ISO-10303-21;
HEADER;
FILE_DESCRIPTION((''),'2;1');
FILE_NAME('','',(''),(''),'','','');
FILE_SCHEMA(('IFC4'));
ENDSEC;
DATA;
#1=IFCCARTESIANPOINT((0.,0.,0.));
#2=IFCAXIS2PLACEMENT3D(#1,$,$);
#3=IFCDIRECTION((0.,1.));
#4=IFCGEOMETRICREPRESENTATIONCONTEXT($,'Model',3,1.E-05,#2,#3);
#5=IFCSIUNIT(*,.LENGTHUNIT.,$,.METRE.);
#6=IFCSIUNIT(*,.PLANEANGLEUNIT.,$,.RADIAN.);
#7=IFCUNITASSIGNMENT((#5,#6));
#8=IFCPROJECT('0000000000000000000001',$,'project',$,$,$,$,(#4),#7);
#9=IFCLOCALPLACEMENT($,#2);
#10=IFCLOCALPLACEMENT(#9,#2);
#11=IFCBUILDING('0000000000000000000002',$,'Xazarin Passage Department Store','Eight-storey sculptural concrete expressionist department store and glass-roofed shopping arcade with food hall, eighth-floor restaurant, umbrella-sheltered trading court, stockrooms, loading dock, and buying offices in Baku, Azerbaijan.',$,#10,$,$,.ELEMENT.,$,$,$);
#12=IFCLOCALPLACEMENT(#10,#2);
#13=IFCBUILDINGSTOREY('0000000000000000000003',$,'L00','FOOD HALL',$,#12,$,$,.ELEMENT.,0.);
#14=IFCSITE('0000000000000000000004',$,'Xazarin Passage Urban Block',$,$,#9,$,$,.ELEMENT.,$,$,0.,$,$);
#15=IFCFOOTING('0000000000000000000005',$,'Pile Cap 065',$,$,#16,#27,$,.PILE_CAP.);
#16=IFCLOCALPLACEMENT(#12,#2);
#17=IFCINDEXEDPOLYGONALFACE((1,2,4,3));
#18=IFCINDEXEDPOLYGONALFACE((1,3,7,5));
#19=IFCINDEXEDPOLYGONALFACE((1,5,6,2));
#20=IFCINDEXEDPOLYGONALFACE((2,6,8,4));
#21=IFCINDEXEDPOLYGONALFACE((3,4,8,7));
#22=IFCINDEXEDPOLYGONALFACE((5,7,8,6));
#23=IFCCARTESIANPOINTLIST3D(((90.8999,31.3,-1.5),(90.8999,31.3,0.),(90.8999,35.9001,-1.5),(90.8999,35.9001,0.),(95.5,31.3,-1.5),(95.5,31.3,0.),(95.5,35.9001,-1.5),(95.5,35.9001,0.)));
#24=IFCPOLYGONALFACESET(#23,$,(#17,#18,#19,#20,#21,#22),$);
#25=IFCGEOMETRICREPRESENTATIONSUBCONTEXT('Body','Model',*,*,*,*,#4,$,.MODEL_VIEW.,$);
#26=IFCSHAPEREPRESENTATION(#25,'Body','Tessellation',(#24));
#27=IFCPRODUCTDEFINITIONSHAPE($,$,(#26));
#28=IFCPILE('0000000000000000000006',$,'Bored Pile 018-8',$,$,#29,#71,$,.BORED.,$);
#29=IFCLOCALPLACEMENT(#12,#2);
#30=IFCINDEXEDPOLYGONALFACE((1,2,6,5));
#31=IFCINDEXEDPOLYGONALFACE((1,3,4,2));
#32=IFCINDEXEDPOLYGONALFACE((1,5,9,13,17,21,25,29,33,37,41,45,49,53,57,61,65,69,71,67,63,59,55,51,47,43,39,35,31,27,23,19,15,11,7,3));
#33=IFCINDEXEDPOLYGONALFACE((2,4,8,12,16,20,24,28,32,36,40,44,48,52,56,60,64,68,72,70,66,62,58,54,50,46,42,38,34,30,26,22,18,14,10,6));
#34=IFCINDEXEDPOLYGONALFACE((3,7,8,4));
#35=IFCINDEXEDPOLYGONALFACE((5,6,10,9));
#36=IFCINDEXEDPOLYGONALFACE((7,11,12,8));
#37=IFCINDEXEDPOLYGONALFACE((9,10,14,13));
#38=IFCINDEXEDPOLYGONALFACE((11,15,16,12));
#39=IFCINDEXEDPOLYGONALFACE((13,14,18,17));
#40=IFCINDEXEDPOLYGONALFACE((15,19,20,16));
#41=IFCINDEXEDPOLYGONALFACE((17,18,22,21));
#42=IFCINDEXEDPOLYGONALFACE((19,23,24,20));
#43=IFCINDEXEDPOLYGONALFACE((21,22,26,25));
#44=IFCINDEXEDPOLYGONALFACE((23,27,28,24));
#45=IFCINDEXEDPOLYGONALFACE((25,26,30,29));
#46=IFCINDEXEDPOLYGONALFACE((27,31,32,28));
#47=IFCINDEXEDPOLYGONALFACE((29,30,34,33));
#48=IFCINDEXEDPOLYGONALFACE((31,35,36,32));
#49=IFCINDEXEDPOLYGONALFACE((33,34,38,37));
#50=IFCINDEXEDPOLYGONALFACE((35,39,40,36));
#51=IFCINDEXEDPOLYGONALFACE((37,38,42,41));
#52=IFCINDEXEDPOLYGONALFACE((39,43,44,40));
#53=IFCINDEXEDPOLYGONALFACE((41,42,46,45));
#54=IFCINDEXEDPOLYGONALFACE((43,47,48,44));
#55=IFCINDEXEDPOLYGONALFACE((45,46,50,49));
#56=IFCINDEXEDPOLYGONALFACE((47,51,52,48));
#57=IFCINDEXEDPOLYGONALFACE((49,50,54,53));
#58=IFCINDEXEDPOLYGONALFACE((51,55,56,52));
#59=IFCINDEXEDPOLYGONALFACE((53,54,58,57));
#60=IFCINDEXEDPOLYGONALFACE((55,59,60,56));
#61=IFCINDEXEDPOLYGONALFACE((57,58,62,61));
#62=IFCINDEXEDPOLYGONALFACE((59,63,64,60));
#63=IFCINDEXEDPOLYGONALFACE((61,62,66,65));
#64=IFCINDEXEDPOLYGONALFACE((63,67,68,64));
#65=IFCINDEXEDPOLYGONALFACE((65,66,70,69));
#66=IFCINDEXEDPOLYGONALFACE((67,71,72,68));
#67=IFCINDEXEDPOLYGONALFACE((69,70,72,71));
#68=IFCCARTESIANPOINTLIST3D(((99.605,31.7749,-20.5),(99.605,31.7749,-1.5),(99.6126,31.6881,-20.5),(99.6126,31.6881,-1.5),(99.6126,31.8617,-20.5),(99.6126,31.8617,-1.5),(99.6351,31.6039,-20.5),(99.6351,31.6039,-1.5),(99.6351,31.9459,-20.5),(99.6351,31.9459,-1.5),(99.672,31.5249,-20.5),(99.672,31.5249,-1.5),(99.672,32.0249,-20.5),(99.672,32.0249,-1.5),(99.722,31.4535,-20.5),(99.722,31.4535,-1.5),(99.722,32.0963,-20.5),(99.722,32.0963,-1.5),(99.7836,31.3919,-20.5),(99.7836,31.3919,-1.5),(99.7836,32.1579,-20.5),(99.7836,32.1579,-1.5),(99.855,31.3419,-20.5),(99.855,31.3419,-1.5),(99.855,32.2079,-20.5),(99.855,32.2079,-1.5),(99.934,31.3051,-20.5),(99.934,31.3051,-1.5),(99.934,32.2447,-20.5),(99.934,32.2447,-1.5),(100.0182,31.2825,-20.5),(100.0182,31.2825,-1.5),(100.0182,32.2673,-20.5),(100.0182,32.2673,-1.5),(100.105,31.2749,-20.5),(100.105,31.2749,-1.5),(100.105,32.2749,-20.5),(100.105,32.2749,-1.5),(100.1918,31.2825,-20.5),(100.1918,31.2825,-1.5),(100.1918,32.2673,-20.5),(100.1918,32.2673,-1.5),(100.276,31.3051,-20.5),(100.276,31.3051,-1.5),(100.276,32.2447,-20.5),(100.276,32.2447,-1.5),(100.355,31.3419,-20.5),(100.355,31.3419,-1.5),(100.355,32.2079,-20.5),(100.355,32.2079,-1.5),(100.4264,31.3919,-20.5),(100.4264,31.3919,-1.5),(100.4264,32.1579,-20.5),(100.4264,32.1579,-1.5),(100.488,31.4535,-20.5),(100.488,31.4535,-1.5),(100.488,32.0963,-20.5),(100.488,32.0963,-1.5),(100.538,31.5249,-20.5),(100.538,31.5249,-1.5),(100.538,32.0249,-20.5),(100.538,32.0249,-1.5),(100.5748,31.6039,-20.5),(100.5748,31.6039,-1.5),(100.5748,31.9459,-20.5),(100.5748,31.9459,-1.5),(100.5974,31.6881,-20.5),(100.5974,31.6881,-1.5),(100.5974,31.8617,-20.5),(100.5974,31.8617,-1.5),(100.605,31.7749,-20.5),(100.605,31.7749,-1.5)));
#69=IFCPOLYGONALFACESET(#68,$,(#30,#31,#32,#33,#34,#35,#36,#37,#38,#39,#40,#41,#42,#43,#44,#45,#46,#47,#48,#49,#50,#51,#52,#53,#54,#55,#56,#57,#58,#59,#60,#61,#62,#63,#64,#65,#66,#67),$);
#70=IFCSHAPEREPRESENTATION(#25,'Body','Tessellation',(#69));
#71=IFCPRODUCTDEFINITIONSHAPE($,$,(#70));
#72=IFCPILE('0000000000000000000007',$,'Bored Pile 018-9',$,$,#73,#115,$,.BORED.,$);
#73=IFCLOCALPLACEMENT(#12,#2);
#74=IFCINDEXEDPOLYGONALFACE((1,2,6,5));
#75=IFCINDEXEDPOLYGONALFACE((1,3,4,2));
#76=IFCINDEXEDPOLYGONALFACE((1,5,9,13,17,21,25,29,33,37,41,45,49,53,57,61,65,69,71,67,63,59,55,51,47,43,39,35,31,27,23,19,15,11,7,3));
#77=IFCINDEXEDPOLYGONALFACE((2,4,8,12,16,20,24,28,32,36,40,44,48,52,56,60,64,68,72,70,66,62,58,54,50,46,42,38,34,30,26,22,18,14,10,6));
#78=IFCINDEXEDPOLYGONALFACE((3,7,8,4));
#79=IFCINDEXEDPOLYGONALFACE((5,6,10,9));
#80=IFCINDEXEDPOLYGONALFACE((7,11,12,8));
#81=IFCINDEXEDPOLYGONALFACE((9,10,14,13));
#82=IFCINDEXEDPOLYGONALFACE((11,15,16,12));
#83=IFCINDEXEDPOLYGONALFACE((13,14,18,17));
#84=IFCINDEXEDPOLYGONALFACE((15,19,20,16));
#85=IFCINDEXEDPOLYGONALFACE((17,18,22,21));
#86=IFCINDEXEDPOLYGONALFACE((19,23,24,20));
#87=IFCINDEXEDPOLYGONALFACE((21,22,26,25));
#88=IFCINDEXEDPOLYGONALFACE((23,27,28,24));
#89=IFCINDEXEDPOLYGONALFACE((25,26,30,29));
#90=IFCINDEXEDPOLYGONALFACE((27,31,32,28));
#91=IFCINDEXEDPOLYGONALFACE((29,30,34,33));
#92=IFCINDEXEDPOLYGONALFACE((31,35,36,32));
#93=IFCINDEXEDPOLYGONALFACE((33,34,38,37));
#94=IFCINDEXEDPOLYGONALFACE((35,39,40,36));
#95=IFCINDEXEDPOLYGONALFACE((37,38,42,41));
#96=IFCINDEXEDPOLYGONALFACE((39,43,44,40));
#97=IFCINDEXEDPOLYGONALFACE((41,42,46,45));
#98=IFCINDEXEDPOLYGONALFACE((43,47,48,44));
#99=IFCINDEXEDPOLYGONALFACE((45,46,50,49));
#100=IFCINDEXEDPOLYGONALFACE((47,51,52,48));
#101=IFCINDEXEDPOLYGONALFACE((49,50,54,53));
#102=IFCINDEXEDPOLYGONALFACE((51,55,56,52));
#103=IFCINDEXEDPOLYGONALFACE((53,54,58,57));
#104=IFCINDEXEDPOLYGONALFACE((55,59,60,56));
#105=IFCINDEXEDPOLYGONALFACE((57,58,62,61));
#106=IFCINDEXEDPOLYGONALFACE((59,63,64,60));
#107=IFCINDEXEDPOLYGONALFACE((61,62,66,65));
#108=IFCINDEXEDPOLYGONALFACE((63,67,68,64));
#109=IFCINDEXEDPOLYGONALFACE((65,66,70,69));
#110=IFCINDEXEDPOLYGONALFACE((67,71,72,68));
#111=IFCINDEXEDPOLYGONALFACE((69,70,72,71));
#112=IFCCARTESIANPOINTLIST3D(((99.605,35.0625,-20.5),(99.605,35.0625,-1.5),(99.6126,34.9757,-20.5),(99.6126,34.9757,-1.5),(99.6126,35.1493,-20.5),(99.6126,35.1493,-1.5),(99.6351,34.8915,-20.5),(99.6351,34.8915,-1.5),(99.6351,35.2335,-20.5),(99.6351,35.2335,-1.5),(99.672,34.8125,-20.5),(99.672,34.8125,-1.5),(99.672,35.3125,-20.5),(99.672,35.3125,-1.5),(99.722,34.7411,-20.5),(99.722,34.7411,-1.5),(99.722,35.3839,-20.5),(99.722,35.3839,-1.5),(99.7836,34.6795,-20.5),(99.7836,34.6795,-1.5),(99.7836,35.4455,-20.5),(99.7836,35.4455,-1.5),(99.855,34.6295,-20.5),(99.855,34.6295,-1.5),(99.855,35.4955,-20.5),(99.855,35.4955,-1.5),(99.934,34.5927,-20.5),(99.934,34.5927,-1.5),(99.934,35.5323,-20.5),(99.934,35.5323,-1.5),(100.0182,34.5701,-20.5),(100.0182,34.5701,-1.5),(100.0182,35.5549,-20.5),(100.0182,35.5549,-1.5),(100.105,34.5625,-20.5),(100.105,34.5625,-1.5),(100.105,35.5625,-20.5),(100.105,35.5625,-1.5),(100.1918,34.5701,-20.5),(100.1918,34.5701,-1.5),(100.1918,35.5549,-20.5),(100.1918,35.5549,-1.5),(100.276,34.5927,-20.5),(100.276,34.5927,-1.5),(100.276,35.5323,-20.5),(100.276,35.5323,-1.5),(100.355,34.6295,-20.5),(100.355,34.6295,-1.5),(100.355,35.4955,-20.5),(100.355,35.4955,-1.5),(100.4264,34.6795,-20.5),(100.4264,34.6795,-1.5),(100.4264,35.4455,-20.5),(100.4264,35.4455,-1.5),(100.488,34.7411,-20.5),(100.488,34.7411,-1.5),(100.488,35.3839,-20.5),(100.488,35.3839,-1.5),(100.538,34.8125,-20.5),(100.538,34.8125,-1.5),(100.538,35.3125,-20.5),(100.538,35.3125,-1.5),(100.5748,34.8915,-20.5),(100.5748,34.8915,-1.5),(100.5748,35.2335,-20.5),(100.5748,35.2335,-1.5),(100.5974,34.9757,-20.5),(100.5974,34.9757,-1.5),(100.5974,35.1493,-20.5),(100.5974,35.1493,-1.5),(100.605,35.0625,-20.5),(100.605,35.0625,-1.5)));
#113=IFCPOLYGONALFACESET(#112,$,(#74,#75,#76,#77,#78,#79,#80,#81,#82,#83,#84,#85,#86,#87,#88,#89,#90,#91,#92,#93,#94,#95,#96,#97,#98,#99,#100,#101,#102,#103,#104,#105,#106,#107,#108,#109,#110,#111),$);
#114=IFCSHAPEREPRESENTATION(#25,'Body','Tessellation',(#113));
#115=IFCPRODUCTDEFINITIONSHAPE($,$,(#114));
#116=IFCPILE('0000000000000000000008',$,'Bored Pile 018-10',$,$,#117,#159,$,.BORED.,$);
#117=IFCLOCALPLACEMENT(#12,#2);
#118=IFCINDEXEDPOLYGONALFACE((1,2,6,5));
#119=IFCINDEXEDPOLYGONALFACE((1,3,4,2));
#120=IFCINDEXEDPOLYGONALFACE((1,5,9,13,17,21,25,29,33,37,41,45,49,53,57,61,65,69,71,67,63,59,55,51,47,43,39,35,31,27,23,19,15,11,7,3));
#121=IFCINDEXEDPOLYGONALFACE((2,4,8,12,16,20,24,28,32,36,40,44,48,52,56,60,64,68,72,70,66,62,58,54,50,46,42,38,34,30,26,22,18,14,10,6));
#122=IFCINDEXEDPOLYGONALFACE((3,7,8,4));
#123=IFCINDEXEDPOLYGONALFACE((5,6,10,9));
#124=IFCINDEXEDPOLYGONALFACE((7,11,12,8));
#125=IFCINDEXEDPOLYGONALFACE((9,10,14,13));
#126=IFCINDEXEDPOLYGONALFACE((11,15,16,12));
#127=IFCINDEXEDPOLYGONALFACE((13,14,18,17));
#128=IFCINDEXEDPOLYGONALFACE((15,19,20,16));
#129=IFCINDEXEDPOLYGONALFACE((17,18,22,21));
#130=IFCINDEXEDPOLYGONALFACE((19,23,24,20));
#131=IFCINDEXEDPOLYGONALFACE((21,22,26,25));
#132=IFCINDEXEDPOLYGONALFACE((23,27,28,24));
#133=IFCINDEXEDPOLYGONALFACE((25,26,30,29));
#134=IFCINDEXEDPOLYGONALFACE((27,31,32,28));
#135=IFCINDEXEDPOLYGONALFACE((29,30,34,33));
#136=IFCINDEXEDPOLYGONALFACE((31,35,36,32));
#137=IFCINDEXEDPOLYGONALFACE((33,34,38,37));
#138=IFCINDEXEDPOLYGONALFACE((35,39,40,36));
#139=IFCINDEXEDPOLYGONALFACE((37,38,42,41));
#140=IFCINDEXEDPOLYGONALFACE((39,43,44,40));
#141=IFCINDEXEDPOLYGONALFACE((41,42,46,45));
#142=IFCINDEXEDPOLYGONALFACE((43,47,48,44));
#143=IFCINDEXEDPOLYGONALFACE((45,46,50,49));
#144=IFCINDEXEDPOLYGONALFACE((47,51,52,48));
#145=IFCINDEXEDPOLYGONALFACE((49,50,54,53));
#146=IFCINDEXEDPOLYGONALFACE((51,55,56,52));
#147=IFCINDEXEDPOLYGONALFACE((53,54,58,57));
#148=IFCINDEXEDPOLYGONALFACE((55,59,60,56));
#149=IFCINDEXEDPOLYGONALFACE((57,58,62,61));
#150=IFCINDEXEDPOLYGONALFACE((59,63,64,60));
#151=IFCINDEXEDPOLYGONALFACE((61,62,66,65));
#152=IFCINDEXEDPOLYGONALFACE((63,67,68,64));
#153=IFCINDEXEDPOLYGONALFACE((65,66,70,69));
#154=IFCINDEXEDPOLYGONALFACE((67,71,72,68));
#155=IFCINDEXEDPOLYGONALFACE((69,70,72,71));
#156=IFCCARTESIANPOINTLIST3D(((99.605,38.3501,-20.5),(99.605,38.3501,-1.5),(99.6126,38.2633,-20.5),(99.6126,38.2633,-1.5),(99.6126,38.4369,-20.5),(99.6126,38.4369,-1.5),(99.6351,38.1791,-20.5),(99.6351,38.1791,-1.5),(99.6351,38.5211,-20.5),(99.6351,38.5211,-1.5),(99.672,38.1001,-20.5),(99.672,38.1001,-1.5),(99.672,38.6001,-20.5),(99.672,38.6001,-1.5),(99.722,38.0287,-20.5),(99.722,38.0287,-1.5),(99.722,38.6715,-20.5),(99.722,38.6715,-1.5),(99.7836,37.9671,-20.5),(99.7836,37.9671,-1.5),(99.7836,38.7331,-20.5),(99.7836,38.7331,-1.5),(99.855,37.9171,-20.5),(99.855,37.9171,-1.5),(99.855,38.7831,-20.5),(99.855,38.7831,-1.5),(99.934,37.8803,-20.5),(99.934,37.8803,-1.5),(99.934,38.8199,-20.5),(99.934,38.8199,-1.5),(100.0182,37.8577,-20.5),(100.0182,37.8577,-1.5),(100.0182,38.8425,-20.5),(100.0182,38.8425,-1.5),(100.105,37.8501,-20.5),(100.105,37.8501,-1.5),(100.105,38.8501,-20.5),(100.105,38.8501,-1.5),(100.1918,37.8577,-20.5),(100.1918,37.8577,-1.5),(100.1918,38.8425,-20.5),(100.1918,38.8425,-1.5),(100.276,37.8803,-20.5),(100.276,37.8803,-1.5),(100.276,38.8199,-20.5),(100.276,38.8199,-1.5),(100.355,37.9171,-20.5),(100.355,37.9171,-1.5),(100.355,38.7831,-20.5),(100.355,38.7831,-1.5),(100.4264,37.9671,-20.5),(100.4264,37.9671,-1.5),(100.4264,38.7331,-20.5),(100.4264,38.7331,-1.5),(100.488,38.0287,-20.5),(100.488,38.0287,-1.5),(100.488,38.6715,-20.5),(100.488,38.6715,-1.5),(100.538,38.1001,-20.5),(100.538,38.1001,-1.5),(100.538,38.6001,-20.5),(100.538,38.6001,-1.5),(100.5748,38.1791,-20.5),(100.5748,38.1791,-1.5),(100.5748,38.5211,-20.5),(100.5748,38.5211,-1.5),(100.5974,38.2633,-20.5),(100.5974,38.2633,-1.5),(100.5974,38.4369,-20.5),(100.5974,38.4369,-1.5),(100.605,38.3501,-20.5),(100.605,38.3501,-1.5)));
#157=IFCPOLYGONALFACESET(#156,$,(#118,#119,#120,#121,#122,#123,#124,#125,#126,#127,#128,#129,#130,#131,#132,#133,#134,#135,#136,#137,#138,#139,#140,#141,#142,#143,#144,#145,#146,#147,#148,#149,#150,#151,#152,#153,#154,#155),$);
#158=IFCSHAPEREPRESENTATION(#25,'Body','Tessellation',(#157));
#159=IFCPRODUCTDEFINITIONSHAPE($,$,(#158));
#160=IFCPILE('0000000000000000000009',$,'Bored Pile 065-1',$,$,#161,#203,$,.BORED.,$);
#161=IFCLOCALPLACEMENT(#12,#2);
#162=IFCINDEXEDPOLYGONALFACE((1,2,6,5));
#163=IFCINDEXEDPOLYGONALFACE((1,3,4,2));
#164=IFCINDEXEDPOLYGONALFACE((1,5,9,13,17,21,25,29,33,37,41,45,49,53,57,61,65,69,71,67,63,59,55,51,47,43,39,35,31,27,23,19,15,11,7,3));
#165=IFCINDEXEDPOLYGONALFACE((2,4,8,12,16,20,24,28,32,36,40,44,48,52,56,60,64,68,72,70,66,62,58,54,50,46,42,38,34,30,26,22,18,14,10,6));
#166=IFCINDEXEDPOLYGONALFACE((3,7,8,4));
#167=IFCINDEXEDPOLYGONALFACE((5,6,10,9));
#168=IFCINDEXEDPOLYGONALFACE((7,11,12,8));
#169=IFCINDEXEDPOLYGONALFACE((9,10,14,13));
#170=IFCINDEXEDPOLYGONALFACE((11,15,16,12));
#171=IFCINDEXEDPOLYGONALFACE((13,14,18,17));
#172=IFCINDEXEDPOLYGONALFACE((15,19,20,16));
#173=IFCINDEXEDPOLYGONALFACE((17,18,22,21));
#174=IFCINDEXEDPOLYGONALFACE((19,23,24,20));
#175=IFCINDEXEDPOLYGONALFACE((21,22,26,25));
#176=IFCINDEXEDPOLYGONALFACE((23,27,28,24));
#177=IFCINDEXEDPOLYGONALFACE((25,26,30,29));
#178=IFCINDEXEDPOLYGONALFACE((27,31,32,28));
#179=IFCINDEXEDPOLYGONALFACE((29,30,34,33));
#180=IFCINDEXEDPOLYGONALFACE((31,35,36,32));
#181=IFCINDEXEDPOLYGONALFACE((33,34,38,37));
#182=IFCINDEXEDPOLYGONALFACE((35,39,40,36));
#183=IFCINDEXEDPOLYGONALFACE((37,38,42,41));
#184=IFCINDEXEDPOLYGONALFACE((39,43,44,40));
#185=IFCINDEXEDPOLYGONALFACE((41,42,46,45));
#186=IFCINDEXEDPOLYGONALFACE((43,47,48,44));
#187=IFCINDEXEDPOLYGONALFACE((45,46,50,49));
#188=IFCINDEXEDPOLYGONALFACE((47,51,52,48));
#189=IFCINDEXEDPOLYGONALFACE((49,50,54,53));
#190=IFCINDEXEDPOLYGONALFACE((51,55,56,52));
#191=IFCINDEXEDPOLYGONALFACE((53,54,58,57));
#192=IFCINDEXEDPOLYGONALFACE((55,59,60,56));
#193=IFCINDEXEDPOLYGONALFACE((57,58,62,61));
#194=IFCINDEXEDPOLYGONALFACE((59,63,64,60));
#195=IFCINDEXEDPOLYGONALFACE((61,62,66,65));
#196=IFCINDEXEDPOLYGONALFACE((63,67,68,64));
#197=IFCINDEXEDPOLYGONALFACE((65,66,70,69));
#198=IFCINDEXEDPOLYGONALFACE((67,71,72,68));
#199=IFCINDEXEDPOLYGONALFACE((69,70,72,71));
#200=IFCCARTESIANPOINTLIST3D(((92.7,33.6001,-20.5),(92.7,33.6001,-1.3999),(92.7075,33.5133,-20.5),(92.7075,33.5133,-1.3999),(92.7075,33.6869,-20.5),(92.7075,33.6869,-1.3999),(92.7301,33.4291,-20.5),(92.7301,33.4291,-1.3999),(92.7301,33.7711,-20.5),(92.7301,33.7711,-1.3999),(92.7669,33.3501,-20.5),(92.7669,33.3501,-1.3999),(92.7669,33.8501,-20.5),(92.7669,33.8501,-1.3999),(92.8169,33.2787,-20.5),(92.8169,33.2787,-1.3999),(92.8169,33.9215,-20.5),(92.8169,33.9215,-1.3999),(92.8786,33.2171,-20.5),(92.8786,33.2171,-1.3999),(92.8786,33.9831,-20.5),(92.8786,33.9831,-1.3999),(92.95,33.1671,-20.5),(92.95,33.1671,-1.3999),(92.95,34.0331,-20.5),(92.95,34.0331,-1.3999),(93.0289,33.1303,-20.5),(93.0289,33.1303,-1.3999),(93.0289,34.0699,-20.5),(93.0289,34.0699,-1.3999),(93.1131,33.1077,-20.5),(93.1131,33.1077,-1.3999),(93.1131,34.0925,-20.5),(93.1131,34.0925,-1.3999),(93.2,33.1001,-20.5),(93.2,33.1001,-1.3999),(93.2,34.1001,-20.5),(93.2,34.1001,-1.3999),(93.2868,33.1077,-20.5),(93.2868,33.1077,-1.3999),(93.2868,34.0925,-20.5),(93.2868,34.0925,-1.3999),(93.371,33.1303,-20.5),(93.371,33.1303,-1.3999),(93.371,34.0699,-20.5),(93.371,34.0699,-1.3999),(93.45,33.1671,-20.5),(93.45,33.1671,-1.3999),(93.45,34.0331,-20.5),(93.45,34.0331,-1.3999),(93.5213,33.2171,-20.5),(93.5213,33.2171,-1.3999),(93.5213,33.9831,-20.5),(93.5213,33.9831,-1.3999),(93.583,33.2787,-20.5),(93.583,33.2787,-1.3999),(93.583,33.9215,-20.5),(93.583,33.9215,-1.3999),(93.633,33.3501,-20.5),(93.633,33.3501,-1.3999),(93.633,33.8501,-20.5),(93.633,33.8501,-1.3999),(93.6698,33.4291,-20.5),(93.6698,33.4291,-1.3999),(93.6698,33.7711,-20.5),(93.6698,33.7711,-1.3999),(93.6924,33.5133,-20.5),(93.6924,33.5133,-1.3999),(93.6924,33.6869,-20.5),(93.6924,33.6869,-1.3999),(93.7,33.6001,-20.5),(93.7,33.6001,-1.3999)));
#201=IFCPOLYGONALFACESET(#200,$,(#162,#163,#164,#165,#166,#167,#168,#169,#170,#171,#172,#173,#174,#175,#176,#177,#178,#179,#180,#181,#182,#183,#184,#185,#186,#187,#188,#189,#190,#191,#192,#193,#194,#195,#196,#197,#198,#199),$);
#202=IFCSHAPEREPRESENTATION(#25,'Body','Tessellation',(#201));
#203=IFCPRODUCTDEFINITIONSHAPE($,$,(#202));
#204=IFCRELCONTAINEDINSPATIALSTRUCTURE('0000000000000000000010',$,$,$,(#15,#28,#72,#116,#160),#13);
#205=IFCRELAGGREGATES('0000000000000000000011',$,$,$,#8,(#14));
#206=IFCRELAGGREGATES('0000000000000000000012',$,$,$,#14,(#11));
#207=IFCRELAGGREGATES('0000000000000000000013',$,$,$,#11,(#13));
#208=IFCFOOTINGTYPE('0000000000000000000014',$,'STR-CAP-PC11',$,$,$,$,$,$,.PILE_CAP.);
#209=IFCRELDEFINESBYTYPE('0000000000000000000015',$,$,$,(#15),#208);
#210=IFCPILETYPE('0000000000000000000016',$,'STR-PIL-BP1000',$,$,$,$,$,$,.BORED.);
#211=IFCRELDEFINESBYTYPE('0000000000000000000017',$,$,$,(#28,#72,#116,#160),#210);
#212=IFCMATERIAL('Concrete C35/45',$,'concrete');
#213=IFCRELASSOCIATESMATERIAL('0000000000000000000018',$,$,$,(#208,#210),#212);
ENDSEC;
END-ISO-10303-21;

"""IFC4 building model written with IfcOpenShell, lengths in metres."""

from ifc_helpers import new_model, si_unit, direction, frame, origin, origin_2d, place, context, subcontext, project, spatial, rectangle, circle, extrude, material, material_profile, profile_set, type_object, element, save


model = new_model("IFC4")

# Units and contexts
model_context = context("Model", 3, precision=1e-05, world=origin(), true_north=direction((0.0, 1.0)))
body_context = subcontext(model_context, "Body", "Model", "MODEL_VIEW")
ifc_project = project(units=[si_unit("LENGTHUNIT", "METRE"), si_unit("PLANEANGLEUNIT", "RADIAN")], contexts=[model_context])

# Site, building, storey
site_placement = place(None, origin())
site = spatial("IfcSite", under=ifc_project, at=site_placement, Name="Xazarin Passage Urban Block", CompositionType="ELEMENT", RefElevation=0.0)
building_placement = place(site_placement, origin())
building = spatial("IfcBuilding", under=site, at=building_placement, Name="Xazarin Passage Department Store", Description="Eight-storey sculptural concrete expressionist department store and glass-roofed shopping arcade with food hall, eighth-floor restaurant, umbrella-sheltered trading court, stockrooms, loading dock, and buying offices in Baku, Azerbaijan.", CompositionType="ELEMENT")
storey_placement = place(building_placement, origin())
storey = spatial("IfcBuildingStorey", under=building, at=storey_placement, Name="L00", Description="FOOD HALL", CompositionType="ELEMENT", Elevation=0.0)

# Footing
ifc_material_1 = material(Name="Concrete C35/45", Category="concrete")
footing_type = type_object("IfcFootingType", Name="STR-CAP-PC11", PredefinedType="PILE_CAP", material=ifc_material_1)
footing_placement = place(storey_placement, frame((93.2, 33.6001, -1.5), z_axis=(0.0, 0.0, 1.0), x_axis=(1.0, 0.0, 0.0)))
element("IfcFooting", 1, at=footing_placement, inside=storey, type_object=footing_type, Name="Pile Cap 065", PredefinedType="PILE_CAP", context=body_context, shape_type="SweptSolid", body=[
    extrude(rectangle(XDim=4.6001, YDim=4.6001, at=origin_2d()), origin(), (0.0, 0.0, 1.0), 1.5),
])

# Piles
ifc_material_profile_1 = material_profile(ifc_material_1, circle(Radius=0.5, at=origin_2d()), Name="BP 1000")
ifc_profile_set_1 = profile_set([ifc_material_profile_1], Name="Concrete C35/45")
pile_type = type_object("IfcPileType", Name="STR-PIL-BP1000", PredefinedType="BORED", material=ifc_profile_set_1)
for number, where, z_axis, x_axis, name in (
    (2, (100.105, 31.7749, -1.5), (0.0, 0.0, -1.0), (1.0, 0.0, 0.0), "Bored Pile 018-8"),
    (3, (100.105, 35.0625, -1.5), (0.0, 0.0, -1.0), (1.0, 0.0, 0.0), "Bored Pile 018-9"),
    (4, (100.105, 38.3501, -1.5), (0.0, 0.0, -1.0), (1.0, 0.0, 0.0), "Bored Pile 018-10"),
):
    element("IfcPile", number, at=place(storey_placement, frame(where, z_axis=z_axis, x_axis=x_axis)), inside=storey, type_object=pile_type, Name=name, PredefinedType="BORED", context=body_context, shape_type="SweptSolid", body=[
        extrude(circle(Radius=0.5, at=origin_2d()), origin(), (0.0, 0.0, 1.0), 19.0),
    ])
pile_1_placement = place(storey_placement, frame((93.2, 33.6001, -1.3999), z_axis=(0.0, 0.0, -1.0), x_axis=(1.0, 0.0, 0.0)))
element("IfcPile", 5, at=pile_1_placement, inside=storey, type_object=pile_type, Name="Bored Pile 065-1", PredefinedType="BORED", context=body_context, shape_type="SweptSolid", body=[
    extrude(circle(Radius=0.5, at=origin_2d()), origin(), (0.0, 0.0, 1.0), 19.1001),
])

save(model, "model.ifc")
